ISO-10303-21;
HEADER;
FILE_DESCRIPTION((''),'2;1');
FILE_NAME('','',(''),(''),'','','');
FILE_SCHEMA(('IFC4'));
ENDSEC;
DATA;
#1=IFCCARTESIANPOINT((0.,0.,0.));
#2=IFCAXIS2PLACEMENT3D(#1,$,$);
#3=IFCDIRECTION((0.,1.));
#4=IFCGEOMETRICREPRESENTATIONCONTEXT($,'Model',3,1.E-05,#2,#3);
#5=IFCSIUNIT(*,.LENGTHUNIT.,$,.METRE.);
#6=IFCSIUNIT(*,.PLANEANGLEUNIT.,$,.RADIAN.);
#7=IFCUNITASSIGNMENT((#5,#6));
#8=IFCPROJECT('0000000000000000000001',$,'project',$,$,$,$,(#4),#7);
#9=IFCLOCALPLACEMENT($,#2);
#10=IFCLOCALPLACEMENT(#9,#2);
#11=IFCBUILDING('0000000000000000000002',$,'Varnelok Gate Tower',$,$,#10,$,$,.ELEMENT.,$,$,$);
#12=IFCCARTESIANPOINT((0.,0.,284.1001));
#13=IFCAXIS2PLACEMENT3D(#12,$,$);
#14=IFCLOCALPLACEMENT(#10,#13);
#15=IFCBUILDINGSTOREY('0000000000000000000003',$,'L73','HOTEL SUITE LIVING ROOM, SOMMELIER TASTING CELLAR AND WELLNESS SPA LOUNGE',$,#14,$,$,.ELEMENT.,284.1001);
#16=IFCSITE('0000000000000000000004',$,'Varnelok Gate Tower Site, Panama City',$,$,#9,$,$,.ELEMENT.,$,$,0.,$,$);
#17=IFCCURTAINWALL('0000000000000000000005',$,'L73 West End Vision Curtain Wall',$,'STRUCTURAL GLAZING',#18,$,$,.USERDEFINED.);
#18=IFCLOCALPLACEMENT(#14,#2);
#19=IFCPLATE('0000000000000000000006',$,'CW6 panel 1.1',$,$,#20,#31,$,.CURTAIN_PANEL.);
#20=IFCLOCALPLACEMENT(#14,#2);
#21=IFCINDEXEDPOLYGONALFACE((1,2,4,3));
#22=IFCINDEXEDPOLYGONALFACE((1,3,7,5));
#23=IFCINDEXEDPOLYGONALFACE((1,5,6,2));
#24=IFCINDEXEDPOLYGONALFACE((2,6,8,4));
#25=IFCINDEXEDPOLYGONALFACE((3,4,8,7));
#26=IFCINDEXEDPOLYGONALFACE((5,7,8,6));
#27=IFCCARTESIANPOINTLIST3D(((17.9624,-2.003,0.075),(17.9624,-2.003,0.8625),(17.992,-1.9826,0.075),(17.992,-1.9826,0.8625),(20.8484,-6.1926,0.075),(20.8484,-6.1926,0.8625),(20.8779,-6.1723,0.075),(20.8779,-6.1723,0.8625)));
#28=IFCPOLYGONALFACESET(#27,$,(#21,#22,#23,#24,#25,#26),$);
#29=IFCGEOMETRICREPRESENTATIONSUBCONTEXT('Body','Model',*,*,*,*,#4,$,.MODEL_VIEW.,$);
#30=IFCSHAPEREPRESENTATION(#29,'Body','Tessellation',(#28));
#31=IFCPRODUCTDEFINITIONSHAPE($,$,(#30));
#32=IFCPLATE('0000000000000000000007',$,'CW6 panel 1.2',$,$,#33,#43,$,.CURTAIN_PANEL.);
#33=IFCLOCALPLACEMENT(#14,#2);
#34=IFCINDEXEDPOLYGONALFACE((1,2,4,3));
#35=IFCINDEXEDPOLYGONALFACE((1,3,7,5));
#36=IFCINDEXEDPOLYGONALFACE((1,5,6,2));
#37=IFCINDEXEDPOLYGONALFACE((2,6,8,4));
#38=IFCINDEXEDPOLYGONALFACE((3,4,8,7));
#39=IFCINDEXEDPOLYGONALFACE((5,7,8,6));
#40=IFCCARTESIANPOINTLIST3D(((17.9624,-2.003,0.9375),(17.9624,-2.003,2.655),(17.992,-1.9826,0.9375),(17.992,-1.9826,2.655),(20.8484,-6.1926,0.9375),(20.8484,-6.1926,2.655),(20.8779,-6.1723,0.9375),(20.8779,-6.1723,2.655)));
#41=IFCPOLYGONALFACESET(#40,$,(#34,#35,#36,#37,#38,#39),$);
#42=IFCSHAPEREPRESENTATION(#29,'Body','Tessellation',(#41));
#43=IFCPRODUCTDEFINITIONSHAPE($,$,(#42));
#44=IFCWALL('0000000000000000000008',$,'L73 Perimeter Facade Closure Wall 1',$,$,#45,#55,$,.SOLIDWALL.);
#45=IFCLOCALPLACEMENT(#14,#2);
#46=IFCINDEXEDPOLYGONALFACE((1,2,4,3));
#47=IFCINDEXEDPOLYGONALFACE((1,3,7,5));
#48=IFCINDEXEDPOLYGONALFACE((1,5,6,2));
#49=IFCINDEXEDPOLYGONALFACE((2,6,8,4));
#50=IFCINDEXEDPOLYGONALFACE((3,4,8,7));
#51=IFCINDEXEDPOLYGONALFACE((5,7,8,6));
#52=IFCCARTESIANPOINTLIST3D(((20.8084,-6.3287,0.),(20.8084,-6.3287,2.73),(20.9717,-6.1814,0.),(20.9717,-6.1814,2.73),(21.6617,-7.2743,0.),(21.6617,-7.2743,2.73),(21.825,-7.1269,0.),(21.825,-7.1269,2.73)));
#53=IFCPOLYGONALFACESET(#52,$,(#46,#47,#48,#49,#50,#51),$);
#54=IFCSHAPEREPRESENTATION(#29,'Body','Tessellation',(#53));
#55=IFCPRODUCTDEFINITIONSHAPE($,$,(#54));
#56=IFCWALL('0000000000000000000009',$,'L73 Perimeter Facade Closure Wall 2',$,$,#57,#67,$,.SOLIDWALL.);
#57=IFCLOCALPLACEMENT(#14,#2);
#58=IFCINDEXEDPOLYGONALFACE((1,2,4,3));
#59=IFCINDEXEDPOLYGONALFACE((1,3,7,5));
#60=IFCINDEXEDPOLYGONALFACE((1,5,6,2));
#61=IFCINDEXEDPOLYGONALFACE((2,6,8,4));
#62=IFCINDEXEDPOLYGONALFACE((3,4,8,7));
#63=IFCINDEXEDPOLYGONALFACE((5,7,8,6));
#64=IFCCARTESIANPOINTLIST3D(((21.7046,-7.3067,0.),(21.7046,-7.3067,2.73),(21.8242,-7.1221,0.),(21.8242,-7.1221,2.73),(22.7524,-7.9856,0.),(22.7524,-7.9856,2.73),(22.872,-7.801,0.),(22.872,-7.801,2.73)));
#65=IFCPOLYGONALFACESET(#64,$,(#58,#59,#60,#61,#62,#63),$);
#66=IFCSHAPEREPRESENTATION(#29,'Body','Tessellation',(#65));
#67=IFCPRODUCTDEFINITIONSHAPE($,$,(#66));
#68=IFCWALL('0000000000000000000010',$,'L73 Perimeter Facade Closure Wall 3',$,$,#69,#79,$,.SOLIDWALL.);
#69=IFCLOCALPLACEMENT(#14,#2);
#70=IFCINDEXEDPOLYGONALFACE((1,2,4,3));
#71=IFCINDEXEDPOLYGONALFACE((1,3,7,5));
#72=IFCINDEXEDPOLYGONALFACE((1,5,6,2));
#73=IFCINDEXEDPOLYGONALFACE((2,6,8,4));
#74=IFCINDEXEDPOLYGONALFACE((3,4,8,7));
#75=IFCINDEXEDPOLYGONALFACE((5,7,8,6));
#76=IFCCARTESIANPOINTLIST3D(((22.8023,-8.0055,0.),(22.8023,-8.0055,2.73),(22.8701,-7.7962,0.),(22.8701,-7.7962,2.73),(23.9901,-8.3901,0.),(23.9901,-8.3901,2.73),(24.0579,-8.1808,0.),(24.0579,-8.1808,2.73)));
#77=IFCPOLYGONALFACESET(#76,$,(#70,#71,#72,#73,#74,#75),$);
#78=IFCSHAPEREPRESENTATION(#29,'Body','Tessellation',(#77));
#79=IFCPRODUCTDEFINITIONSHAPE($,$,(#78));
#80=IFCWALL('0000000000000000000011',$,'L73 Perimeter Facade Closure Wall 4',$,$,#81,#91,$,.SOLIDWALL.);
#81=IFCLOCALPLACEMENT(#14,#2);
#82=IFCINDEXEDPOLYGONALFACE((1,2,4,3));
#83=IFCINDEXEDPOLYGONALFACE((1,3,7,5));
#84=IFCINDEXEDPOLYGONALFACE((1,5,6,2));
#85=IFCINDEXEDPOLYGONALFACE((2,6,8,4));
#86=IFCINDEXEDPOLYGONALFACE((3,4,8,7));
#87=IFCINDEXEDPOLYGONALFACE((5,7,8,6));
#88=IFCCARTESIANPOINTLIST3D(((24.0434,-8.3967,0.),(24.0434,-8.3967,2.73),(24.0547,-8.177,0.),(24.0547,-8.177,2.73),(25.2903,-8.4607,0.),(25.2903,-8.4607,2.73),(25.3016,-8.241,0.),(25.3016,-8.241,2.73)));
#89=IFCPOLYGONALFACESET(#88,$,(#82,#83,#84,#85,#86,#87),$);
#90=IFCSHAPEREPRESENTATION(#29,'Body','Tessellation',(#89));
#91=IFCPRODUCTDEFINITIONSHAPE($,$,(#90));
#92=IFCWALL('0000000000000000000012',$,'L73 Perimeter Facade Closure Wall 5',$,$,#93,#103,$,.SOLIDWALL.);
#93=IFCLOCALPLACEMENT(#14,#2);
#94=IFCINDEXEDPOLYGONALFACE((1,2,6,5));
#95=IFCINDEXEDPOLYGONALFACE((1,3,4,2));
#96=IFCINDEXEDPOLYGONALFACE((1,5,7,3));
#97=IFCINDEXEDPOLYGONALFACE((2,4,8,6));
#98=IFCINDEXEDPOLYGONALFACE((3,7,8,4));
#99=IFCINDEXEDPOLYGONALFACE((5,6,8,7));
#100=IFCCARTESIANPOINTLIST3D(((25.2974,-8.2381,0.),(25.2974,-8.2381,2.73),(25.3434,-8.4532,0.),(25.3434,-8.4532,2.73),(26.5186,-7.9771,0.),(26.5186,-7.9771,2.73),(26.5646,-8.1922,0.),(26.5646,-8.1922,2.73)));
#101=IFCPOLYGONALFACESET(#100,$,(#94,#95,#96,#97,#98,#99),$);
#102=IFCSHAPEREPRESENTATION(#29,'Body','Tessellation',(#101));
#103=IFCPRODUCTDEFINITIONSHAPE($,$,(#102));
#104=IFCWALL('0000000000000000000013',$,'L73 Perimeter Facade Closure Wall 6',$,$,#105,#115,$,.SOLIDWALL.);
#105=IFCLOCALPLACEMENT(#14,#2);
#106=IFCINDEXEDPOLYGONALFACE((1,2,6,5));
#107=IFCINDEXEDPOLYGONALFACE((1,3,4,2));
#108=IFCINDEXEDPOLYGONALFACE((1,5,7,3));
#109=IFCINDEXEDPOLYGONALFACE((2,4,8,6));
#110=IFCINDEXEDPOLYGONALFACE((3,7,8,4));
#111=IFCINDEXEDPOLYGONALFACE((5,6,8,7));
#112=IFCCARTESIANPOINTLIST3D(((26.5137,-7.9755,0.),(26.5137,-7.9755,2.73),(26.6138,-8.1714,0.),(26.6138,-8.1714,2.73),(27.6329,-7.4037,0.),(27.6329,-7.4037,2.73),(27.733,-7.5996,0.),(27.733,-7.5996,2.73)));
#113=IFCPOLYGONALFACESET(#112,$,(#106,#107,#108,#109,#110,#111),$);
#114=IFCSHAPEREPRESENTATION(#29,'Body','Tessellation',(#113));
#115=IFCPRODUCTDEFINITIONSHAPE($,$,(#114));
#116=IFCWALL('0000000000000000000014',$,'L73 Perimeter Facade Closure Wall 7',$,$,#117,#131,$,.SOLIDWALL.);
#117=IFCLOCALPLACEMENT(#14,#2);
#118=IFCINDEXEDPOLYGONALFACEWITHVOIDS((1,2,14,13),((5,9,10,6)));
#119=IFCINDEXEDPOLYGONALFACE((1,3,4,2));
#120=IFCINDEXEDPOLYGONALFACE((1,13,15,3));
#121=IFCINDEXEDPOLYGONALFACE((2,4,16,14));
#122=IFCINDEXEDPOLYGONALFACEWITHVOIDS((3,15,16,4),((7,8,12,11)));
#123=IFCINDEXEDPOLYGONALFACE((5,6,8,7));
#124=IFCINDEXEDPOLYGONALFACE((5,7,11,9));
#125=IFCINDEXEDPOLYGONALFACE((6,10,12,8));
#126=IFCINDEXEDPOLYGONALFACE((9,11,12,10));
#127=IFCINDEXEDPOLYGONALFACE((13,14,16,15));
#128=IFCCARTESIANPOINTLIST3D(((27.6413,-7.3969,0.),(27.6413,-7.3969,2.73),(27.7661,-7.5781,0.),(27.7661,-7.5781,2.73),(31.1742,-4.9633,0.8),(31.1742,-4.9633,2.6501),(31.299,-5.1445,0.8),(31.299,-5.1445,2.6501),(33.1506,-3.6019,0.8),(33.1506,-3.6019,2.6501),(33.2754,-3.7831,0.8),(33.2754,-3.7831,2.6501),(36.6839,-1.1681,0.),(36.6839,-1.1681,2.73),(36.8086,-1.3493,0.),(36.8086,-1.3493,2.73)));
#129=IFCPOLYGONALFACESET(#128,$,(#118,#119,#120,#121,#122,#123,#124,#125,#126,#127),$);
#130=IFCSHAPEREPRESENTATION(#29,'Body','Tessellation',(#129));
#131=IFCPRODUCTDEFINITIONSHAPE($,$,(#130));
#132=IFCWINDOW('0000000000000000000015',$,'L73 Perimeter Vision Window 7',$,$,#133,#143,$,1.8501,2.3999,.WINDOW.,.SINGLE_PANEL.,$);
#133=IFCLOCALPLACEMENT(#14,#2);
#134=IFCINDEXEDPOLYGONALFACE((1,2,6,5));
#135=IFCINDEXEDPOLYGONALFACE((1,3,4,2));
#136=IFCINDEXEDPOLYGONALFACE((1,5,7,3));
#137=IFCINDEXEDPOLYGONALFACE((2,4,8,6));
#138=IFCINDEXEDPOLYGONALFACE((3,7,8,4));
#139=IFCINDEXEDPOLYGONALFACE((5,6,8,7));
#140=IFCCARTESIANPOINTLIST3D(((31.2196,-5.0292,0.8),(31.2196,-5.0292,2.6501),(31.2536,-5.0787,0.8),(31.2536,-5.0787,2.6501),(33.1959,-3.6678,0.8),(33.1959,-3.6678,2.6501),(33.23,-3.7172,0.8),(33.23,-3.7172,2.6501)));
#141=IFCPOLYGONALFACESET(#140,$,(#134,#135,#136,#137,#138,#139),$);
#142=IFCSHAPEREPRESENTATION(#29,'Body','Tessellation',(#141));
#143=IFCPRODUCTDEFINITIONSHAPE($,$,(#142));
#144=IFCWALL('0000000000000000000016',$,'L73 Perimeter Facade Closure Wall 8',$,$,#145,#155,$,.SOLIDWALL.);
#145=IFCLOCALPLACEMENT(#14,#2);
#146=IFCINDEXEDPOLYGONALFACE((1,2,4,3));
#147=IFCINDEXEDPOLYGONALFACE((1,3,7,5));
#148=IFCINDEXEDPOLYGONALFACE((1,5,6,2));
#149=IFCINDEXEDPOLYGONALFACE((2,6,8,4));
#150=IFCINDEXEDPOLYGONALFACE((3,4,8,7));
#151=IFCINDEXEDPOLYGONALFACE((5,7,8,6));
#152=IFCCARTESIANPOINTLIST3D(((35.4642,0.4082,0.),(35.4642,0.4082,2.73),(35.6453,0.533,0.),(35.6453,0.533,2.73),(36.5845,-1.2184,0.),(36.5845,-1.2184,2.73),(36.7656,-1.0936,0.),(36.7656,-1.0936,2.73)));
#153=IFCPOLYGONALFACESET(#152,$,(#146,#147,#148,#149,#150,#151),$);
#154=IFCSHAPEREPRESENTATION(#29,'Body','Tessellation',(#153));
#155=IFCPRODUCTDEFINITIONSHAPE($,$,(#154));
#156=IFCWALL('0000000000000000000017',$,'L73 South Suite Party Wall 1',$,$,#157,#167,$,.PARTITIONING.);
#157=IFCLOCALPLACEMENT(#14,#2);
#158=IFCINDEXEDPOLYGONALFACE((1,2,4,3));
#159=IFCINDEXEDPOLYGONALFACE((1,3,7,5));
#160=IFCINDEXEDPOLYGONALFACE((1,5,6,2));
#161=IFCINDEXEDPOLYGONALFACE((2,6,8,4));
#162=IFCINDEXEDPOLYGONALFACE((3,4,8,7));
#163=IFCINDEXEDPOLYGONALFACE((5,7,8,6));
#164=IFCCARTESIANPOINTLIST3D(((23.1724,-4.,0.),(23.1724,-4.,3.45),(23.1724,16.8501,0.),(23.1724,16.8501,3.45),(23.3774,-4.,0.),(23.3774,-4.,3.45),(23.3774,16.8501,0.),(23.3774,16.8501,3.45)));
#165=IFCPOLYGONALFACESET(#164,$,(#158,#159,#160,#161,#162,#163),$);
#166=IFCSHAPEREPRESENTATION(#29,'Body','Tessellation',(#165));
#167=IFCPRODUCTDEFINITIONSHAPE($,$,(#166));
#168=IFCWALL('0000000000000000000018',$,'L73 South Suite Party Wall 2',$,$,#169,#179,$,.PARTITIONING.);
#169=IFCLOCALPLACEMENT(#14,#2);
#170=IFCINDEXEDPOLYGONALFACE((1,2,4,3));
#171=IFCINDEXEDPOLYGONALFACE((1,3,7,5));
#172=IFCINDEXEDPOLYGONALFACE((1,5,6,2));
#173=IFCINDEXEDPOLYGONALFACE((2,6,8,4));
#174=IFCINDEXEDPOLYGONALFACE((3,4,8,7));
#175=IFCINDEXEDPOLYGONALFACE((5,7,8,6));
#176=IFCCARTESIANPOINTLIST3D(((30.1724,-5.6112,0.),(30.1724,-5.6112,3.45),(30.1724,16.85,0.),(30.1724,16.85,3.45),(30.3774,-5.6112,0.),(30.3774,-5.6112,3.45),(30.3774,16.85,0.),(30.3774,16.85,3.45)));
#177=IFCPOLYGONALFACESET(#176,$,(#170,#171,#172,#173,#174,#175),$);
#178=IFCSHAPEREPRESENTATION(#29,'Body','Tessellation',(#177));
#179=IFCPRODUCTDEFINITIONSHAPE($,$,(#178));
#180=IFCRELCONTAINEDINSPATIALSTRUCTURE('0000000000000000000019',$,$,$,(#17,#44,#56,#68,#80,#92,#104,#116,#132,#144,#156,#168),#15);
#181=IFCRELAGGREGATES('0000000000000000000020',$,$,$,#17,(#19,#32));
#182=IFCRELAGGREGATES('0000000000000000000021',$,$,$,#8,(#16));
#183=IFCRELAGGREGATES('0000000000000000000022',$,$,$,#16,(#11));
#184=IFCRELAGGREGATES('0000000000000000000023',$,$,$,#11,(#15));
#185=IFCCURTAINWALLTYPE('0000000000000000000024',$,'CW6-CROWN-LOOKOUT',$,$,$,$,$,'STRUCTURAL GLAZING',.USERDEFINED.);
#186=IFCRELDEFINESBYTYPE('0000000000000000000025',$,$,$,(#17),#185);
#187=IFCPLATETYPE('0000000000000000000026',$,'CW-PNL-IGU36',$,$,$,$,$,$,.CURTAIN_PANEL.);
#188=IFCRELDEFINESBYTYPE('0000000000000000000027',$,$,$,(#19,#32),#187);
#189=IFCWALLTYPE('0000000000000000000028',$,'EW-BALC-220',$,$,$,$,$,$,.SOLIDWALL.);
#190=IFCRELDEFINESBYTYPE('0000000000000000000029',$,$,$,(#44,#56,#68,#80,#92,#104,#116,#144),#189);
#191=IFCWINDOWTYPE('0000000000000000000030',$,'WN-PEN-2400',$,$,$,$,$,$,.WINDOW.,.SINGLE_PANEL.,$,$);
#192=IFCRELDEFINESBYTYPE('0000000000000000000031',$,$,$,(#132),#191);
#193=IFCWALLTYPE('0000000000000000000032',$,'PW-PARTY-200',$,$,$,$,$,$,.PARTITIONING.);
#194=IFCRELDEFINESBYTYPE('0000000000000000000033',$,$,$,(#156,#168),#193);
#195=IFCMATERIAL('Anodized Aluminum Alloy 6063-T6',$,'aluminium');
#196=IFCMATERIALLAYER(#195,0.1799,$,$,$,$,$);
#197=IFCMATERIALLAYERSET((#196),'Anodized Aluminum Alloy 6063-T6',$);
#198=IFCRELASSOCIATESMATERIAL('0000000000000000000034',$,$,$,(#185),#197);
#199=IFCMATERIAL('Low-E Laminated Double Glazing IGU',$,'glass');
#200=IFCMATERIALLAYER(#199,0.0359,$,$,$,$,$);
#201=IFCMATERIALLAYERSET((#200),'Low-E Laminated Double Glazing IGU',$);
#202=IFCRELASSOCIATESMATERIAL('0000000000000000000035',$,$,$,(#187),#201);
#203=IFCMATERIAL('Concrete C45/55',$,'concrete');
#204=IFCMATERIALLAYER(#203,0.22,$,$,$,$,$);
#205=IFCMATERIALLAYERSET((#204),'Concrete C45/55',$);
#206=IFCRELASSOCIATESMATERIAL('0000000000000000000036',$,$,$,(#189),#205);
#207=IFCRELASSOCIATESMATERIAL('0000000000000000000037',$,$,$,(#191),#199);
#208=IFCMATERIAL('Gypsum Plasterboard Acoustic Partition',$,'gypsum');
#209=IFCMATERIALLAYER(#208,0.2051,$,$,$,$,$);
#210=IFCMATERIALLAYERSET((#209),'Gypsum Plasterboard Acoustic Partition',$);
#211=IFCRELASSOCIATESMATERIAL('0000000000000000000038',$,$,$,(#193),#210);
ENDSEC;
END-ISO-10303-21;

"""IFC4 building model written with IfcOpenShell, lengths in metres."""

from ifc_helpers import new_model, si_unit, direction, frame, frame_2d, origin, origin_2d, place, context, subcontext, project, spatial, rectangle, extrude, source, transform, mapped, material, layer, layer_set, type_object, element, fill, aggregate, save


model = new_model("IFC4")

# Units and contexts
model_context = context("Model", 3, precision=1e-05, world=origin(), true_north=direction((0.0, 1.0)))
body_context = subcontext(model_context, "Body", "Model", "MODEL_VIEW")
ifc_project = project(units=[si_unit("LENGTHUNIT", "METRE"), si_unit("PLANEANGLEUNIT", "RADIAN")], contexts=[model_context])

# Site, building, storey
site_placement = place(None, origin())
site = spatial("IfcSite", under=ifc_project, at=site_placement, Name="Varnelok Gate Tower Site, Panama City", CompositionType="ELEMENT", RefElevation=0.0)
building_placement = place(site_placement, origin())
building = spatial("IfcBuilding", under=site, at=building_placement, Name="Varnelok Gate Tower", CompositionType="ELEMENT")
storey_placement = place(building_placement, frame((0.0, 0.0, 284.1001)))
storey = spatial("IfcBuildingStorey", under=building, at=storey_placement, Name="L73", Description="HOTEL SUITE LIVING ROOM, SOMMELIER TASTING CELLAR AND WELLNESS SPA LOUNGE", CompositionType="ELEMENT", Elevation=284.1001)

# Curtain wall, plates
ifc_material_1 = material(Name="Anodized Aluminum Alloy 6063-T6", Category="aluminium")
ifc_layer_1 = layer(ifc_material_1, 0.1799)
ifc_layer_set_1 = layer_set([ifc_layer_1], Name="Anodized Aluminum Alloy 6063-T6")
curtain_wall_type = type_object("IfcCurtainWallType", Name="CW6-CROWN-LOOKOUT", ElementType="STRUCTURAL GLAZING", PredefinedType="USERDEFINED", material=ifc_layer_set_1)
curtain_wall_placement = place(storey_placement, origin())
curtain_wall = element("IfcCurtainWall", 1, at=curtain_wall_placement, inside=storey, type_object=curtain_wall_type, Name="L73 West End Vision Curtain Wall", ObjectType="STRUCTURAL GLAZING", PredefinedType="USERDEFINED")
ifc_material_2 = material(Name="Low-E Laminated Double Glazing IGU", Category="glass")
ifc_layer_2 = layer(ifc_material_2, 0.0359)
ifc_layer_set_2 = layer_set([ifc_layer_2], Name="Low-E Laminated Double Glazing IGU")
plate_type = type_object("IfcPlateType", Name="CW-PNL-IGU36", PredefinedType="CURTAIN_PANEL", material=ifc_layer_set_2)
shared_shape_1 = source(origin(), body_context, "Body", "SweptSolid", [
    extrude(rectangle(XDim=5.0874, YDim=0.0359, at=origin_2d()), origin(), (0.0, 0.0, 1.0), 0.7876),
])
plate_1_placement = place(storey_placement, frame((19.4202, -4.0876, 0.075), z_axis=(0.0, 0.0, 1.0), x_axis=(-0.567269, 0.823532, 0.0)))
plate_1 = element("IfcPlate", 2, at=plate_1_placement, type_object=plate_type, Name="CW6 panel 1.1", PredefinedType="CURTAIN_PANEL", context=body_context, shape_type="MappedRepresentation", body=[
    mapped(shared_shape_1, transform((0.0, 0.0, 0.0), scale=1.0)),
])
shared_shape_2 = source(origin(), body_context, "Body", "SweptSolid", [
    extrude(rectangle(XDim=5.0874, YDim=0.0359, at=origin_2d()), origin(), (0.0, 0.0, 1.0), 1.7175),
])
plate_2_placement = place(storey_placement, frame((19.4202, -4.0876, 0.9375), z_axis=(0.0, 0.0, 1.0), x_axis=(-0.567269, 0.823532, 0.0)))
plate_2 = element("IfcPlate", 3, at=plate_2_placement, type_object=plate_type, Name="CW6 panel 1.2", PredefinedType="CURTAIN_PANEL", context=body_context, shape_type="MappedRepresentation", body=[
    mapped(shared_shape_2, transform((0.0, 0.0, 0.0), scale=1.0)),
])
aggregate(curtain_wall, [plate_1, plate_2])

# Walls
ifc_material_3 = material(Name="Concrete C45/55", Category="concrete")
ifc_layer_3 = layer(ifc_material_3, 0.22)
ifc_layer_set_3 = layer_set([ifc_layer_3], Name="Concrete C45/55")
wall_type_1 = type_object("IfcWallType", Name="EW-BALC-220", PredefinedType="SOLIDWALL", material=ifc_layer_set_3)
wall_1_placement = place(storey_placement, frame((20.8901, -6.2551, 0.0), z_axis=(0.0, 0.0, 1.0), x_axis=(0.669949, -0.742407, 0.0)))
element("IfcWall", 4, at=wall_1_placement, inside=storey, type_object=wall_type_1, Name="L73 Perimeter Facade Closure Wall 1", PredefinedType="SOLIDWALL", context=body_context, shape_type="SweptSolid", body=[
    extrude(rectangle(XDim=1.2737, YDim=0.22, at=frame_2d((0.6367, 0.0))), origin(), (0.0, 0.0, 1.0), 2.73),
])
for number, where, z_axis, x_axis, name in (
    (5, (21.7644, -7.2144, 0.0), (0.0, 0.0, 1.0), (0.839229, -0.543778, 0.0), "L73 Perimeter Facade Closure Wall 2"),
    (6, (22.8362, -7.9009, 0.0), (0.0, 0.0, 1.0), (0.951386, -0.308003, 0.0), "L73 Perimeter Facade Closure Wall 3"),
    (7, (24.0491, -8.2869, 0.0), (0.0, 0.0, 1.0), (0.998687, -0.051235, 0.0), "L73 Perimeter Facade Closure Wall 4"),
):
    element("IfcWall", number, at=place(storey_placement, frame(where, z_axis=z_axis, x_axis=x_axis)), inside=storey, type_object=wall_type_1, Name=name, PredefinedType="SOLIDWALL", context=body_context, shape_type="SweptSolid", body=[
        extrude(rectangle(XDim=1.2485, YDim=0.22, at=frame_2d((0.6243, 0.0))), origin(), (0.0, 0.0, 1.0), 2.73),
    ])
wall_2_placement = place(storey_placement, frame((25.3203, -8.3457, 0.0), z_axis=(0.0, 0.0, 1.0), x_axis=(0.977917, 0.208995, 0.0)))
element("IfcWall", 8, at=wall_2_placement, inside=storey, type_object=wall_type_1, Name="L73 Perimeter Facade Closure Wall 5", PredefinedType="SOLIDWALL", context=body_context, shape_type="SweptSolid", body=[
    extrude(rectangle(XDim=1.2488, YDim=0.22, at=frame_2d((0.6245, 0.0))), origin(), (0.0, 0.0, 1.0), 2.73),
])
wall_3_placement = place(storey_placement, frame((26.5637, -8.0735, 0.0), z_axis=(0.0, 0.0, 1.0), x_axis=(0.890508, 0.454967, 0.0)))
element("IfcWall", 9, at=wall_3_placement, inside=storey, type_object=wall_type_1, Name="L73 Perimeter Facade Closure Wall 6", PredefinedType="SOLIDWALL", context=body_context, shape_type="SweptSolid", body=[
    extrude(rectangle(XDim=1.2568, YDim=0.22, at=frame_2d((0.6284, 0.0))), origin(), (0.0, 0.0, 1.0), 2.73),
])

# Wall, opening, window
wall_4_placement = place(storey_placement, frame((27.7036, -7.4875, 0.0), z_axis=(0.0, 0.0, 1.0), x_axis=(0.823529, 0.567274, 0.0)))
wall_4 = element("IfcWall", 10, at=wall_4_placement, inside=storey, type_object=wall_type_1, Name="L73 Perimeter Facade Closure Wall 7", PredefinedType="SOLIDWALL", context=body_context, shape_type="SweptSolid", body=[
    extrude(rectangle(XDim=10.9802, YDim=0.22, at=frame_2d((5.4902, 0.0))), origin(), (0.0, 0.0, 1.0), 2.73),
])
opening_placement = place(wall_4_placement, frame((4.29, 0.0, 0.8)))
opening = element("IfcOpeningElement", 11, at=opening_placement, cuts=wall_4, PredefinedType="OPENING", context=body_context, shape_type="SweptSolid", body=[
    extrude(rectangle(XDim=2.3999, YDim=1.8501, at=frame_2d((1.2, 0.925))), frame((0.0, 0.1199, 0.0), z_axis=(0.0, -1.0, 0.0), x_axis=(1.0, 0.0, 0.0)), (0.0, 0.0, 1.0), 0.24),
])
window_type = type_object("IfcWindowType", Name="WN-PEN-2400", PartitioningType="SINGLE_PANEL", PredefinedType="WINDOW", material=ifc_material_2)
window_placement = place(opening_placement, origin())
window = element("IfcWindow", 12, at=window_placement, inside=storey, type_object=window_type, Name="L73 Perimeter Vision Window 7", OverallHeight=1.8501, OverallWidth=2.3999, PartitioningType="SINGLE_PANEL", PredefinedType="WINDOW", context=body_context, shape_type="SweptSolid", body=[
    extrude(rectangle(XDim=2.3999, YDim=1.8501, at=frame_2d((1.2, 0.925))), frame((0.0, 0.03, 0.0), z_axis=(0.0, -1.0, 0.0), x_axis=(1.0, 0.0, 0.0)), (0.0, 0.0, 1.0), 0.0601),
])
fill(opening, window)

# Walls
wall_5_placement = place(storey_placement, frame((36.675, -1.156, 0.0), z_axis=(0.0, 0.0, 1.0), x_axis=(-0.567216, 0.823569, 0.0)))
element("IfcWall", 13, at=wall_5_placement, inside=storey, type_object=wall_type_1, Name="L73 Perimeter Facade Closure Wall 8", PredefinedType="SOLIDWALL", context=body_context, shape_type="SweptSolid", body=[
    extrude(rectangle(XDim=1.9751, YDim=0.22, at=frame_2d((0.9875, 0.0))), origin(), (0.0, 0.0, 1.0), 2.73),
])
ifc_material_4 = material(Name="Gypsum Plasterboard Acoustic Partition", Category="gypsum")
ifc_layer_4 = layer(ifc_material_4, 0.2051)
ifc_layer_set_4 = layer_set([ifc_layer_4], Name="Gypsum Plasterboard Acoustic Partition")
wall_type_2 = type_object("IfcWallType", Name="PW-PARTY-200", PredefinedType="PARTITIONING", material=ifc_layer_set_4)
wall_6_placement = place(storey_placement, frame((23.2749, -4.0, 0.0), z_axis=(0.0, 0.0, 1.0), x_axis=(0.0, 1.0, 0.0)))
element("IfcWall", 14, at=wall_6_placement, inside=storey, type_object=wall_type_2, Name="L73 South Suite Party Wall 1", PredefinedType="PARTITIONING", context=body_context, shape_type="SweptSolid", body=[
    extrude(rectangle(XDim=20.8501, YDim=0.2051, at=frame_2d((10.425, 0.0))), origin(), (0.0, 0.0, 1.0), 3.45),
])
wall_7_placement = place(storey_placement, frame((30.2749, -5.6111, 0.0), z_axis=(0.0, 0.0, 1.0), x_axis=(0.0, 1.0, 0.0)))
element("IfcWall", 15, at=wall_7_placement, inside=storey, type_object=wall_type_2, Name="L73 South Suite Party Wall 2", PredefinedType="PARTITIONING", context=body_context, shape_type="SweptSolid", body=[
    extrude(rectangle(XDim=22.4612, YDim=0.2051, at=frame_2d((11.2305, 0.0))), origin(), (0.0, 0.0, 1.0), 3.45),
])

save(model, "model.ifc")
